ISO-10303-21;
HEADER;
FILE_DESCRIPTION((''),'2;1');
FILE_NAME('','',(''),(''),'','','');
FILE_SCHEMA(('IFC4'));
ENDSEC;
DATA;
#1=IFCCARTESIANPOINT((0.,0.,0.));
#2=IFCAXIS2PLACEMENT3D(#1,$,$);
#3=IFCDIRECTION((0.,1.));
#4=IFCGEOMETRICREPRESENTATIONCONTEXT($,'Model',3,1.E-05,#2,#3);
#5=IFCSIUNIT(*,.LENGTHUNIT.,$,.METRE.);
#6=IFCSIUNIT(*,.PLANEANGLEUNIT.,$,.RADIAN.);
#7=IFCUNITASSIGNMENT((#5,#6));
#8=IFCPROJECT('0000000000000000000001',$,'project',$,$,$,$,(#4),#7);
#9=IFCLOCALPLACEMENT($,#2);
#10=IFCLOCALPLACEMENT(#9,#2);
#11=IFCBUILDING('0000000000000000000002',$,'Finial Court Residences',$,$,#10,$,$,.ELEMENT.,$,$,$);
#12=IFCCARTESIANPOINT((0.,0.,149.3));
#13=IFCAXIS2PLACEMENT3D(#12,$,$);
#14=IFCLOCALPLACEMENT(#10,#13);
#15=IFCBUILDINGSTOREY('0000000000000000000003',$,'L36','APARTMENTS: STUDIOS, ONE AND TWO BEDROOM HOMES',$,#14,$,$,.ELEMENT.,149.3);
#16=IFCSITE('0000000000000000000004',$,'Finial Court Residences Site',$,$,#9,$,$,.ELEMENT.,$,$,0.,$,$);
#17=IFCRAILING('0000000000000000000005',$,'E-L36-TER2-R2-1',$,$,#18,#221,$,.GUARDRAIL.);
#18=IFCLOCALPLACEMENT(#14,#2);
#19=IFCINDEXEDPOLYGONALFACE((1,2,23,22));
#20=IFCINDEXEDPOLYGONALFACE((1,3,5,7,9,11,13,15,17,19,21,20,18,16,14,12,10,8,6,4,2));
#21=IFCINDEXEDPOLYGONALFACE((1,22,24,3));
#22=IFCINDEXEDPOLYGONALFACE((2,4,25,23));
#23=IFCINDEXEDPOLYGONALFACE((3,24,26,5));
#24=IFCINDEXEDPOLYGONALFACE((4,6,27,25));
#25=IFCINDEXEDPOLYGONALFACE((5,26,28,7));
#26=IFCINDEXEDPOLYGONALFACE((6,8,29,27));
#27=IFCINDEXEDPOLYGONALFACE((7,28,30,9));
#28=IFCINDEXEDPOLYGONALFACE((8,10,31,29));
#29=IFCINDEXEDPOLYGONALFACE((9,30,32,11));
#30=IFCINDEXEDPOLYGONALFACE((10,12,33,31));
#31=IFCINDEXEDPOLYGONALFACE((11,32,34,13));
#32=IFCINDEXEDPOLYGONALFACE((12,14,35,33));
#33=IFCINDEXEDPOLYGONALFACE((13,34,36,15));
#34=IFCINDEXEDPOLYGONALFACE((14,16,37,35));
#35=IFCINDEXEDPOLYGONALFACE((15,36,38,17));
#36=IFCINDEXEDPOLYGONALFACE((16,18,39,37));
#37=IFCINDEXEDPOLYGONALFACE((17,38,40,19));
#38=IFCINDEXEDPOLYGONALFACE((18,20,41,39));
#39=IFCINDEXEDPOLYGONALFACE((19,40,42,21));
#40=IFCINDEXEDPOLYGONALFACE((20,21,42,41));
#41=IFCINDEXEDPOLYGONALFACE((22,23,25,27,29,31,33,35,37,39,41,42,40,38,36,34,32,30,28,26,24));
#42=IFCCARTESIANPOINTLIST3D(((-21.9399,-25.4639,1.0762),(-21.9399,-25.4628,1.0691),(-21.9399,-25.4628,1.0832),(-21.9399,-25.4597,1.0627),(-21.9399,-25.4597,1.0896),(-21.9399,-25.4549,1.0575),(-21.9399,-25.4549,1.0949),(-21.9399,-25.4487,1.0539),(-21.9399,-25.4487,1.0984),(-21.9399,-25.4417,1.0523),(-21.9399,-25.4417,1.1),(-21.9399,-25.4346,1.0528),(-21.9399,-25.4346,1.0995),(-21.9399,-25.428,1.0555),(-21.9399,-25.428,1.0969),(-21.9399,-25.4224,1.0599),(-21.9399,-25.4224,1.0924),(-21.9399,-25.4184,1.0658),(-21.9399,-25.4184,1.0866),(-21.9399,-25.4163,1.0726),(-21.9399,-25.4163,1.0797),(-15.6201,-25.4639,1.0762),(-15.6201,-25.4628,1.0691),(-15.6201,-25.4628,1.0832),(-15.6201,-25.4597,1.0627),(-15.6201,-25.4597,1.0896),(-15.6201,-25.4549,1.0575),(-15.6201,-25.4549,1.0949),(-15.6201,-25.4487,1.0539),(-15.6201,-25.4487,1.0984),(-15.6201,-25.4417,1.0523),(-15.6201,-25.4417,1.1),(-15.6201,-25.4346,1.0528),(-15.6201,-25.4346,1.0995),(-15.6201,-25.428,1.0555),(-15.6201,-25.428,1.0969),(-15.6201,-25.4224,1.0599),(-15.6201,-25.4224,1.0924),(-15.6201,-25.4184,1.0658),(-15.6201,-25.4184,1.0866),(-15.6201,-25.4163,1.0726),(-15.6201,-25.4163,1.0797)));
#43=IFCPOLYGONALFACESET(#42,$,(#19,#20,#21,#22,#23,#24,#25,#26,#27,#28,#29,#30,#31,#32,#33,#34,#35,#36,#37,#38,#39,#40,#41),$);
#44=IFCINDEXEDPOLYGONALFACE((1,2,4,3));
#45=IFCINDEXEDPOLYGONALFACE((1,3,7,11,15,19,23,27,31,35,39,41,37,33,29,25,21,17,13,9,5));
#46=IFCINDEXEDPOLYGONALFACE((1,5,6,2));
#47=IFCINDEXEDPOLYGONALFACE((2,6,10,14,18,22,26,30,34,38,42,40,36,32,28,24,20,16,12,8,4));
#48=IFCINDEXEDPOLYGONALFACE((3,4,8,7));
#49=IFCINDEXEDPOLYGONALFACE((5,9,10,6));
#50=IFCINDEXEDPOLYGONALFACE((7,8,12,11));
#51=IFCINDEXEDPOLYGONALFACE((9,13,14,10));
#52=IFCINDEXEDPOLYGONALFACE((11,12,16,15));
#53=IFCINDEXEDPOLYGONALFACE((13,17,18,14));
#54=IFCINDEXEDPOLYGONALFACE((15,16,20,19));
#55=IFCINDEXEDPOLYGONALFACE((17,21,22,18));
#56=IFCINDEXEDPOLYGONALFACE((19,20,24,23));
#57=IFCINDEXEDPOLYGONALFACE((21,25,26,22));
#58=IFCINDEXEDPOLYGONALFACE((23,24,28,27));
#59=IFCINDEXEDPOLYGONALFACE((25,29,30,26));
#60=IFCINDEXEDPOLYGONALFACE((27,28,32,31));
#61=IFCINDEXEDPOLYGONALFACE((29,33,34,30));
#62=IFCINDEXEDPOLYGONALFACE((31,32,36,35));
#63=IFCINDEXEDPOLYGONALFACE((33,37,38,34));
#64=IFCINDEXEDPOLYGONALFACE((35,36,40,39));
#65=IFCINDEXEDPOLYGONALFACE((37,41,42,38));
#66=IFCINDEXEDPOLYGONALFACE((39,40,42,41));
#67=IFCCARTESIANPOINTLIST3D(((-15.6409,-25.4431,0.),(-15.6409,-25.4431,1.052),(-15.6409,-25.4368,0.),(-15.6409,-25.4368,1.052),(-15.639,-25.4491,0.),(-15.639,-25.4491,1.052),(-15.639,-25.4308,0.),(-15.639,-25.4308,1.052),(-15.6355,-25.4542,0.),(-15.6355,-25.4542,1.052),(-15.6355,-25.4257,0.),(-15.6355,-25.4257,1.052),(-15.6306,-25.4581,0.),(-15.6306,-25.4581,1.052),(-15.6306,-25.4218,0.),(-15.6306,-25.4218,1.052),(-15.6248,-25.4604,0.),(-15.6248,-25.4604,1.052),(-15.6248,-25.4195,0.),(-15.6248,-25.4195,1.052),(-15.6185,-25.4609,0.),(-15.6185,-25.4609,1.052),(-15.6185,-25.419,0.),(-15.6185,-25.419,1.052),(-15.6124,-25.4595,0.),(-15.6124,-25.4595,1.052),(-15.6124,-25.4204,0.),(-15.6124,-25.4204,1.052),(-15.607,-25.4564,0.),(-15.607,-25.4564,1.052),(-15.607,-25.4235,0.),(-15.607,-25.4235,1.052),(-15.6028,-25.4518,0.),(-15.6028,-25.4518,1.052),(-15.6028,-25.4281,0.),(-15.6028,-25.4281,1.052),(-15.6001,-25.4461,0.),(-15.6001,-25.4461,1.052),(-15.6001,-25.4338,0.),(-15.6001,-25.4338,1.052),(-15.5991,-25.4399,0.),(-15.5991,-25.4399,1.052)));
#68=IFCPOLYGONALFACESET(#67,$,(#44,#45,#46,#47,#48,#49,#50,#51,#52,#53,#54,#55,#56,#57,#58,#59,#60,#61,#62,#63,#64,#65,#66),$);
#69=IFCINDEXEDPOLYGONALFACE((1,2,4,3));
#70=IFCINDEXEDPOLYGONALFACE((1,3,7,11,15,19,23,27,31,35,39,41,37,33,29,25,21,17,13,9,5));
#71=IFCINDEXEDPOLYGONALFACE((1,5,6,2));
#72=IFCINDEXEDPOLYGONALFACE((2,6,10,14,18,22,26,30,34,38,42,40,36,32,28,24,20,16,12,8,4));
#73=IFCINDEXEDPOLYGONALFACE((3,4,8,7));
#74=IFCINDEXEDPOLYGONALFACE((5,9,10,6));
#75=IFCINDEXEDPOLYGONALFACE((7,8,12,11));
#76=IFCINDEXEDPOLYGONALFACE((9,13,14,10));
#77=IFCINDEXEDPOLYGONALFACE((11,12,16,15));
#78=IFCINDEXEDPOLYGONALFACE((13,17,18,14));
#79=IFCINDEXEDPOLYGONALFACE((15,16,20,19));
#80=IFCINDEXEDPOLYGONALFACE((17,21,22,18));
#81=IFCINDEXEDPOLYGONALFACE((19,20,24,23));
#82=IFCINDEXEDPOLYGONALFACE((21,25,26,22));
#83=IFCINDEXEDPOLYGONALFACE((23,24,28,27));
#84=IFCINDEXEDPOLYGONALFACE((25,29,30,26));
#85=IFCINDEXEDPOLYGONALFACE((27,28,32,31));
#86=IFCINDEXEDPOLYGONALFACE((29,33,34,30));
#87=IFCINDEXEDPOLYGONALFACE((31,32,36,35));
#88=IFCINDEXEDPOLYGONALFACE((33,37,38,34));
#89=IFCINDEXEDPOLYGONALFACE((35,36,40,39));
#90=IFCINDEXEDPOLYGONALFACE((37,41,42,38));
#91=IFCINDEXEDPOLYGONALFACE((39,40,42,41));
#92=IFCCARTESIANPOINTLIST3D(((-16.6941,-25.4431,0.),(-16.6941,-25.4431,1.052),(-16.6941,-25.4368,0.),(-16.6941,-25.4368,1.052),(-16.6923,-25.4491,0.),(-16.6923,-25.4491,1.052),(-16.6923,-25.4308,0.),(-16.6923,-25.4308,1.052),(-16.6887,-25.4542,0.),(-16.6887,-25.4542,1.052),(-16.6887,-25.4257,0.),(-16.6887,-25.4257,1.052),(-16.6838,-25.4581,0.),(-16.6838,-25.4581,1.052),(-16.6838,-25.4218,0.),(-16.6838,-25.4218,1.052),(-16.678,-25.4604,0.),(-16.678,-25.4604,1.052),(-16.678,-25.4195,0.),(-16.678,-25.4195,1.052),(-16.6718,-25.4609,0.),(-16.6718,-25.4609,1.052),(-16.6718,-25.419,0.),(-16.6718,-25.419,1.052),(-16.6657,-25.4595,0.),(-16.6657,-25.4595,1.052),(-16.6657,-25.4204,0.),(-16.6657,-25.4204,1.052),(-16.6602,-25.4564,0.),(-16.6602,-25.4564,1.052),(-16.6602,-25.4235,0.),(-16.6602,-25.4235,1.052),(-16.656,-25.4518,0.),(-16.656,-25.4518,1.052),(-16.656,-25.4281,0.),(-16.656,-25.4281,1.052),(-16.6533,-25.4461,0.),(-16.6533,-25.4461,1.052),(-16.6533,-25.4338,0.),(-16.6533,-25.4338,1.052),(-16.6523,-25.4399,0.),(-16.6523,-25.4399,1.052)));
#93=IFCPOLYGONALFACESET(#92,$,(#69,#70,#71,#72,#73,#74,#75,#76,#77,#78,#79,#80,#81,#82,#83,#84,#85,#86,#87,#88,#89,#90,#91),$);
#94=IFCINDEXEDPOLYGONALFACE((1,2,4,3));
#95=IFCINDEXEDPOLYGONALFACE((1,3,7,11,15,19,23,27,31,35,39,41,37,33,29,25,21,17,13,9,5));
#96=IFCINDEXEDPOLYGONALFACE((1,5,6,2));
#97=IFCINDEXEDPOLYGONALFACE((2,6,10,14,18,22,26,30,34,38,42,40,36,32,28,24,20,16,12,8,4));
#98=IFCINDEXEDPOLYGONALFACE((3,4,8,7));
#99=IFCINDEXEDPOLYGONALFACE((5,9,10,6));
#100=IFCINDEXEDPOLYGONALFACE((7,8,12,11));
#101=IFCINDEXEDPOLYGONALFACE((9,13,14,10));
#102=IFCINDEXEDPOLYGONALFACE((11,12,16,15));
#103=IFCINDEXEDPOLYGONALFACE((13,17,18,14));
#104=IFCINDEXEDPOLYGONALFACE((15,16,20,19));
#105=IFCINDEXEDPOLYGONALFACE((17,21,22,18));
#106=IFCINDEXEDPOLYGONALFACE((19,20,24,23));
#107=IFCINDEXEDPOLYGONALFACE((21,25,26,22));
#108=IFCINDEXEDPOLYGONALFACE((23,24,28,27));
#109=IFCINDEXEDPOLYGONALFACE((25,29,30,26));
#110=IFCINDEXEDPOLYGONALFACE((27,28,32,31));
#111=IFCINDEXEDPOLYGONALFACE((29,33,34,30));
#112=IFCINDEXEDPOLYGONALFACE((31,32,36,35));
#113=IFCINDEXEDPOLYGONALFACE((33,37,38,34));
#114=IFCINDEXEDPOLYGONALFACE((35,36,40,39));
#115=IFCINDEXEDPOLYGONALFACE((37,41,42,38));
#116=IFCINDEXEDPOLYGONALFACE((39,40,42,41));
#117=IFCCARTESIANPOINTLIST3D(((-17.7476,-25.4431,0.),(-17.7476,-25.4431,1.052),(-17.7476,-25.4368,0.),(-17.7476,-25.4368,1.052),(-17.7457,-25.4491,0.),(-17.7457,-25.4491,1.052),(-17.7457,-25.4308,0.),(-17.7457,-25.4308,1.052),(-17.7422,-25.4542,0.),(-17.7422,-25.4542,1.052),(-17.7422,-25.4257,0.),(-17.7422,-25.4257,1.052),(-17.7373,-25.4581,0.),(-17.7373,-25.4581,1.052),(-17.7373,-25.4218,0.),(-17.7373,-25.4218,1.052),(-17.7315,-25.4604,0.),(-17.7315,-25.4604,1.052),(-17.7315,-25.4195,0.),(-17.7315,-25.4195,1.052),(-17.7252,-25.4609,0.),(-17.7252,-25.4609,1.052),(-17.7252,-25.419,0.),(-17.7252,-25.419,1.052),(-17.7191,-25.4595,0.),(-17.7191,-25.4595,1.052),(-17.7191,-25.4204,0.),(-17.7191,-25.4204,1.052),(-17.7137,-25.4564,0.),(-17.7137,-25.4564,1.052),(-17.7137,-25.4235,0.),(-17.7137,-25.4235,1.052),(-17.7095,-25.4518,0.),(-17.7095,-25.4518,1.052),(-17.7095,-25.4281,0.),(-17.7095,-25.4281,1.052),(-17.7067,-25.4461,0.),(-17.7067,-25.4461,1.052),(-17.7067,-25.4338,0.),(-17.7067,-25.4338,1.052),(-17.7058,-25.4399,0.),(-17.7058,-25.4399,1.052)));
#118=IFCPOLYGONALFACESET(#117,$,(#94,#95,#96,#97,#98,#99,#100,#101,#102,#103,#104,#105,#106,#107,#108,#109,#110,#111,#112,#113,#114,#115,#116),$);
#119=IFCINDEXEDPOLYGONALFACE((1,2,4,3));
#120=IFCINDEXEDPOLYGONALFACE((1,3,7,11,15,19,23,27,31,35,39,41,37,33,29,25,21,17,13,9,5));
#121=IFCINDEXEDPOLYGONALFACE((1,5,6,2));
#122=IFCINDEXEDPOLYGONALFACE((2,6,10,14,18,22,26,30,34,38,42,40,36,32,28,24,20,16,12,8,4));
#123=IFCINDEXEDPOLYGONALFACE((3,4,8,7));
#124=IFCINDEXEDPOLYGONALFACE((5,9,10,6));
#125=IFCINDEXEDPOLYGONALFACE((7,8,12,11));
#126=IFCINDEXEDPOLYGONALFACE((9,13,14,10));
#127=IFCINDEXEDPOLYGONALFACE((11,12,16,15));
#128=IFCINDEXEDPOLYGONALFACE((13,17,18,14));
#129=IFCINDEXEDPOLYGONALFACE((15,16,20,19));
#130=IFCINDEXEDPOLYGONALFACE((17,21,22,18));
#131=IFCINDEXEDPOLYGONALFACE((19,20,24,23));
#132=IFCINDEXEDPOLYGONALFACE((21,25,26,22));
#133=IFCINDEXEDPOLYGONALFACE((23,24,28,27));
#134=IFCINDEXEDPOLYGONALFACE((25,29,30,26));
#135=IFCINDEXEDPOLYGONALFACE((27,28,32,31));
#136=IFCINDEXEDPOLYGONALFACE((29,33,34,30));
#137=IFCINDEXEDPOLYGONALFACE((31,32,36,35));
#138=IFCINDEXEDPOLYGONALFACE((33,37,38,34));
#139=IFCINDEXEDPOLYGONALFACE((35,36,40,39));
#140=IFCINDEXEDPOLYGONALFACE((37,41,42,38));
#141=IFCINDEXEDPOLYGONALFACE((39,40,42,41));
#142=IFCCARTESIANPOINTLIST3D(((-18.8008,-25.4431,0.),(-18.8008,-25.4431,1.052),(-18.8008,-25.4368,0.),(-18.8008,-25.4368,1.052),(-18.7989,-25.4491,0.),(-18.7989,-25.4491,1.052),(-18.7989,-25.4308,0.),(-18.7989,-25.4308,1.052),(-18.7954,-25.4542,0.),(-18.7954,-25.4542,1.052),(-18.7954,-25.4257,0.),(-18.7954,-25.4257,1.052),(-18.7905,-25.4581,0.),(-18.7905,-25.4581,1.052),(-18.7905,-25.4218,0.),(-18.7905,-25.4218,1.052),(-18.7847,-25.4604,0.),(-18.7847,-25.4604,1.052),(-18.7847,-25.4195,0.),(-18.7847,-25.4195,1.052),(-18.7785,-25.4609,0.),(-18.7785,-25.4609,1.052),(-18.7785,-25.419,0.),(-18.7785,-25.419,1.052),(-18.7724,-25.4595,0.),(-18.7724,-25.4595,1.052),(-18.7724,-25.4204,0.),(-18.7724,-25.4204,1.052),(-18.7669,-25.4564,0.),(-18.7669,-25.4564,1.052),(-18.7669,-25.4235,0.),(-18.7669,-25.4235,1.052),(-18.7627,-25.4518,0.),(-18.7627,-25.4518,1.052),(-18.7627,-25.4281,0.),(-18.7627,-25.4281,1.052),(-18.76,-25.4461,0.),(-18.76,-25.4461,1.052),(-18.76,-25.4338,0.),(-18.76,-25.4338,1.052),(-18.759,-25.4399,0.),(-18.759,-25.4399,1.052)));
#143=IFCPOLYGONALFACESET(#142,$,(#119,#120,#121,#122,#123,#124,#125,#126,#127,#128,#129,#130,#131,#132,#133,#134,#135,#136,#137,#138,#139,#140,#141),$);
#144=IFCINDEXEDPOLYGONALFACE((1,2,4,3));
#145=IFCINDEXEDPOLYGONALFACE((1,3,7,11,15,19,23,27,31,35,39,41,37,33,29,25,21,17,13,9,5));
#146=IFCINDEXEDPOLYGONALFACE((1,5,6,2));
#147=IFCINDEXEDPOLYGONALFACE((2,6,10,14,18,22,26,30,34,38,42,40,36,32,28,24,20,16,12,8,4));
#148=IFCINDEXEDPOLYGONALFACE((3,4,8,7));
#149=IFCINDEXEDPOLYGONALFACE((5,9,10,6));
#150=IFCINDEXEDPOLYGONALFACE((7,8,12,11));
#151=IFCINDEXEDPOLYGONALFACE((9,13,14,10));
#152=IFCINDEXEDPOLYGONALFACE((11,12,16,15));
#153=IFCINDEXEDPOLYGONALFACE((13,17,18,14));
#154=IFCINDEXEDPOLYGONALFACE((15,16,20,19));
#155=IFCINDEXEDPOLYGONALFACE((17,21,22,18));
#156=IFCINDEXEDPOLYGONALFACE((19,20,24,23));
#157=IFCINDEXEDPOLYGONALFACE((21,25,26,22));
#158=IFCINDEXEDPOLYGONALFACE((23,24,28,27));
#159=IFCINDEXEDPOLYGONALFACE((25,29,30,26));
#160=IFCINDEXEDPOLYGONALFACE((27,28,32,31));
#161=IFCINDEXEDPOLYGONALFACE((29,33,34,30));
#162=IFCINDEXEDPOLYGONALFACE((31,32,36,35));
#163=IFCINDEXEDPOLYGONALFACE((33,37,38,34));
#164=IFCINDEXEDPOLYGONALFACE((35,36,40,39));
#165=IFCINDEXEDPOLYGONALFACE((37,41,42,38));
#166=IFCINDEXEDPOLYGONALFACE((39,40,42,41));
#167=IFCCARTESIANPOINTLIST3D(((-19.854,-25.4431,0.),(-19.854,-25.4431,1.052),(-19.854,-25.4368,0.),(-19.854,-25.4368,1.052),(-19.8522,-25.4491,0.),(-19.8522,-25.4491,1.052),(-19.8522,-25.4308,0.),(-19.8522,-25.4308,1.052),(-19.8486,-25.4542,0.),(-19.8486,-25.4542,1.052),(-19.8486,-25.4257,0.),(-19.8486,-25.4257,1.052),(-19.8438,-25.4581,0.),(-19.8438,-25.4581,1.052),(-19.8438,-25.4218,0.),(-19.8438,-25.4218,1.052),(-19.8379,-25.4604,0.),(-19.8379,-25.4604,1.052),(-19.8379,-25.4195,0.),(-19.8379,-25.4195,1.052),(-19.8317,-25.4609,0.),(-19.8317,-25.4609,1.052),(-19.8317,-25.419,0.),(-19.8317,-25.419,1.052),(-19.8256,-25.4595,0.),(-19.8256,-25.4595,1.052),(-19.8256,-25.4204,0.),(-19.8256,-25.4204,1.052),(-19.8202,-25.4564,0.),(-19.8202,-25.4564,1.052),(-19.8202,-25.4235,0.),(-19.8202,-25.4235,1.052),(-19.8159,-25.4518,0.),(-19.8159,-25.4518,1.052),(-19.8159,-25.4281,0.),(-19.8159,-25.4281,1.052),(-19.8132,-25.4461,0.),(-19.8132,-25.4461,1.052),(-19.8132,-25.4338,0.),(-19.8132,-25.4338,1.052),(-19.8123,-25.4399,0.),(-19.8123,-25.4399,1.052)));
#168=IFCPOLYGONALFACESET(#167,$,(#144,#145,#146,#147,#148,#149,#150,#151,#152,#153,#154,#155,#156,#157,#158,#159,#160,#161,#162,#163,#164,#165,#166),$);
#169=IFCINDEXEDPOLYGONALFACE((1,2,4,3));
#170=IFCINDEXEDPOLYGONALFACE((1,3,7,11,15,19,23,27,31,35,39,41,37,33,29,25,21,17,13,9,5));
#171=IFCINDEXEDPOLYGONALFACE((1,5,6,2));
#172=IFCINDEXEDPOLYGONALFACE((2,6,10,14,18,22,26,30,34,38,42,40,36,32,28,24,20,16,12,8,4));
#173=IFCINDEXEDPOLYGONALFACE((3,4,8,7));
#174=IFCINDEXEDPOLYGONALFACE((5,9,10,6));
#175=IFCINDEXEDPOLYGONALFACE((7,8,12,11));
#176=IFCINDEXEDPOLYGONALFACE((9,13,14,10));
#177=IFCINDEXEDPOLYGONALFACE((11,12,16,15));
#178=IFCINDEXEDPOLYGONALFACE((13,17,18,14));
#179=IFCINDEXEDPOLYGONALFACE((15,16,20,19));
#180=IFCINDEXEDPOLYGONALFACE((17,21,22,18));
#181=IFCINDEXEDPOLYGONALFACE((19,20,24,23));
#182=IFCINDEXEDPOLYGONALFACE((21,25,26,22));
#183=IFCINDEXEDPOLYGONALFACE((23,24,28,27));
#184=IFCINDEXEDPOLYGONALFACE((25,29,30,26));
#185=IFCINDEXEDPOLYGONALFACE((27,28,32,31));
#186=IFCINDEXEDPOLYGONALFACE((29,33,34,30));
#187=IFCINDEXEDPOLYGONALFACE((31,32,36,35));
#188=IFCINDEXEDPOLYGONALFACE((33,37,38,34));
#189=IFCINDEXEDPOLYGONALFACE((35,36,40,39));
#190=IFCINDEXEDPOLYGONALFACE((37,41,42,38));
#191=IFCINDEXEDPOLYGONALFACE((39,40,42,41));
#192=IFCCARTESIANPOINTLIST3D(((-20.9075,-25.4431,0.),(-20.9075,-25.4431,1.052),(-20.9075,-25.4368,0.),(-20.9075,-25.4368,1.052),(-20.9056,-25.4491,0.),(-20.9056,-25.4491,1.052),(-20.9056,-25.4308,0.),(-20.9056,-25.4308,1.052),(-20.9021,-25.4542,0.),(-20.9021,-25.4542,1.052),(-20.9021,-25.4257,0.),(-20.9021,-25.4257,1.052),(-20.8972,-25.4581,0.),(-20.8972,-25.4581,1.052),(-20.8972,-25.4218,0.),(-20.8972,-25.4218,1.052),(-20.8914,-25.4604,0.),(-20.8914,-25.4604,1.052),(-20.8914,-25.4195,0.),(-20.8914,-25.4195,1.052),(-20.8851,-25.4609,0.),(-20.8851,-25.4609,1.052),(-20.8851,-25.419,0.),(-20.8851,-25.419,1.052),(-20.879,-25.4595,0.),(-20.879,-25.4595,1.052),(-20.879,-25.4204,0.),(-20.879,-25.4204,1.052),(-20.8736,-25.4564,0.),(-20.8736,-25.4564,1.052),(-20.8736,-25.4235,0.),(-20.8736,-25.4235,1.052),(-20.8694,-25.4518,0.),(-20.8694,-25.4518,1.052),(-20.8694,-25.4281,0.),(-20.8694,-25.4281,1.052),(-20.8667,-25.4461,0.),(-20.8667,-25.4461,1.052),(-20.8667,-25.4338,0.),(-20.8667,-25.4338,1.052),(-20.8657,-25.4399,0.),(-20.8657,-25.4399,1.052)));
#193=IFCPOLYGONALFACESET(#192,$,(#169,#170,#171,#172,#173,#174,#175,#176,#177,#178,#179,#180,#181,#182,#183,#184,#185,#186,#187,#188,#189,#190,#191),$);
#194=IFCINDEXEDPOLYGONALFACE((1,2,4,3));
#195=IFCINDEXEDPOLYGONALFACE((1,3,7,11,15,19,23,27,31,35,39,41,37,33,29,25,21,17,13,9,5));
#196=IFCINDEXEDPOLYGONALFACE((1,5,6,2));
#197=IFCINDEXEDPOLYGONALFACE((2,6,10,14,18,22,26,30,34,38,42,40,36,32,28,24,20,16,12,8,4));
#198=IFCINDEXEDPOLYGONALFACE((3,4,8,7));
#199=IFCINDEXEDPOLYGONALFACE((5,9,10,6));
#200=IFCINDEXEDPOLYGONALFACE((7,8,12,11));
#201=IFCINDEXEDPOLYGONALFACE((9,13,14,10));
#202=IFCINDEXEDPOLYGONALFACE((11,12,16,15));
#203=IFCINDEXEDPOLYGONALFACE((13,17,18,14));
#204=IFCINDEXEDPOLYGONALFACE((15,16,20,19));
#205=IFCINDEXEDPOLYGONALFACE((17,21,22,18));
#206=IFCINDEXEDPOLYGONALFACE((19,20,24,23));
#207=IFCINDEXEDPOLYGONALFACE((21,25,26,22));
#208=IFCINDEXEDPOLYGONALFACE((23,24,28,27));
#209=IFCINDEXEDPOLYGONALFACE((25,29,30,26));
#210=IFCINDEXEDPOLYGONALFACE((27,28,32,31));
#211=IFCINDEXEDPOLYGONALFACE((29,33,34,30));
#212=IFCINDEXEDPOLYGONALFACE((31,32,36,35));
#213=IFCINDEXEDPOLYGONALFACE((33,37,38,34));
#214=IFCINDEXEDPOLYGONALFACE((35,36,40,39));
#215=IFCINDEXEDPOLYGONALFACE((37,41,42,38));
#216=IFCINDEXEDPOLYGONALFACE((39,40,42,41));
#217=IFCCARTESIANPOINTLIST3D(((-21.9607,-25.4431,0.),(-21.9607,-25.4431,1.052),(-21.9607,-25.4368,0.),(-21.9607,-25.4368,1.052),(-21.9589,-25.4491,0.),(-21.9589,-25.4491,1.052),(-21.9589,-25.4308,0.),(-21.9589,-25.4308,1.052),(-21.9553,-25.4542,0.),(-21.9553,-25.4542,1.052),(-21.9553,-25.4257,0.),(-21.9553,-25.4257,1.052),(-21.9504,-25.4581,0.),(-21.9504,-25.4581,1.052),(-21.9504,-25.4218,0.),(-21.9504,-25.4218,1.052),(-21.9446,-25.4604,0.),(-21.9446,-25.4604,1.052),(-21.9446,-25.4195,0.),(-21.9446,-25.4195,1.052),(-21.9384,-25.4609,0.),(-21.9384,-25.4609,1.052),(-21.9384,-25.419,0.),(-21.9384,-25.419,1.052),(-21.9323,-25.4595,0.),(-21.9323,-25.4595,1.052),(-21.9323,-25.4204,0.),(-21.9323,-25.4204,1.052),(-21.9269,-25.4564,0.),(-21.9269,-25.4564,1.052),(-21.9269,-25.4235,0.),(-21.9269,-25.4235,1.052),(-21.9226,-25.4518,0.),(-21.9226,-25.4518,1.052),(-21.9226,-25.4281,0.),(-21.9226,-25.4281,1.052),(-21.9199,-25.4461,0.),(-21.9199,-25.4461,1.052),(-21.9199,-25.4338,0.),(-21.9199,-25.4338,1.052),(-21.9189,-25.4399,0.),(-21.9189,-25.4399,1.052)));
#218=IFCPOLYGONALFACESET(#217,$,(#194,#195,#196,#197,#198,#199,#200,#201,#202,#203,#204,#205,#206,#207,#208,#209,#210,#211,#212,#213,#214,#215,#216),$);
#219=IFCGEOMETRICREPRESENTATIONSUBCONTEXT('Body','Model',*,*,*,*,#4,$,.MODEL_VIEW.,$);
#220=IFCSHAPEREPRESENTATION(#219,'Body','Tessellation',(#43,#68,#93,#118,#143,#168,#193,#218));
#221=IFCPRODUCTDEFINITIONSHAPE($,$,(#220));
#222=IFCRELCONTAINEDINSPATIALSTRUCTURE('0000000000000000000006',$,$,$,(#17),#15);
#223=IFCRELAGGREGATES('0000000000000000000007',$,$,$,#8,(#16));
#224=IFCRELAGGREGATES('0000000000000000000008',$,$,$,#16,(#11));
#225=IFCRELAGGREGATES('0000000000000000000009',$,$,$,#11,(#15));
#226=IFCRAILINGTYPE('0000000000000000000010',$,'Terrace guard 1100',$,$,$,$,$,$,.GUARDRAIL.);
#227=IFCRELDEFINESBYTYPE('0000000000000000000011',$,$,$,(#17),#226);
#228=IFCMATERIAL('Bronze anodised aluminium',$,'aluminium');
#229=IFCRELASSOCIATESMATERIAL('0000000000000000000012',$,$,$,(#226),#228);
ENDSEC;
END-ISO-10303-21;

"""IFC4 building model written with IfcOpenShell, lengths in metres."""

from ifc_helpers import new_model, si_unit, direction, frame, origin, origin_2d, place, context, subcontext, project, spatial, circle, extrude, material, type_object, element, save


model = new_model("IFC4")

# Units and contexts
model_context = context("Model", 3, precision=1e-05, world=origin(), true_north=direction((0.0, 1.0)))
body_context = subcontext(model_context, "Body", "Model", "MODEL_VIEW")
ifc_project = project(units=[si_unit("LENGTHUNIT", "METRE"), si_unit("PLANEANGLEUNIT", "RADIAN")], contexts=[model_context])

# Site, building, storey
site_placement = place(None, origin())
site = spatial("IfcSite", under=ifc_project, at=site_placement, Name="Finial Court Residences Site", CompositionType="ELEMENT", RefElevation=0.0)
building_placement = place(site_placement, origin())
building = spatial("IfcBuilding", under=site, at=building_placement, Name="Finial Court Residences", CompositionType="ELEMENT")
storey_placement = place(building_placement, frame((0.0, 0.0, 149.3)))
storey = spatial("IfcBuildingStorey", under=building, at=storey_placement, Name="L36", Description="APARTMENTS: STUDIOS, ONE AND TWO BEDROOM HOMES", CompositionType="ELEMENT", Elevation=149.3)

# Shared definitions
ifc_material_1 = material(Name="Bronze anodised aluminium", Category="aluminium")

# Railing
railing_type = type_object("IfcRailingType", Name="Terrace guard 1100", PredefinedType="GUARDRAIL", material=ifc_material_1)
railing_1_placement = place(storey_placement, frame((-15.6201, -25.4399, 0.0)))
element("IfcRailing", 1, at=railing_1_placement, inside=storey, type_object=railing_type, Name="E-L36-TER2-R2-1", PredefinedType="GUARDRAIL", context=body_context, shape_type="SweptSolid", body=[
    extrude(circle(Radius=0.0239, at=origin_2d()), frame((0.0, 0.0, 1.0762), z_axis=(-1.0, 0.0, 0.0), x_axis=(0.0, -1.0, 0.0)), (0.0, 0.0, 1.0), 6.3198),
    extrude(circle(Radius=0.021, at=origin_2d()), origin(), (0.0, 0.0, 1.0), 1.052),
    extrude(circle(Radius=0.021, at=origin_2d()), frame((-1.0532, 0.0, 0.0)), (0.0, 0.0, 1.0), 1.052),
    extrude(circle(Radius=0.021, at=origin_2d()), frame((-2.1067, 0.0, 0.0)), (0.0, 0.0, 1.0), 1.052),
    extrude(circle(Radius=0.021, at=origin_2d()), frame((-3.1599, 0.0, 0.0)), (0.0, 0.0, 1.0), 1.052),
    extrude(circle(Radius=0.021, at=origin_2d()), frame((-4.2131, 0.0, 0.0)), (0.0, 0.0, 1.0), 1.052),
    extrude(circle(Radius=0.021, at=origin_2d()), frame((-5.2666, 0.0, 0.0)), (0.0, 0.0, 1.0), 1.052),
    extrude(circle(Radius=0.021, at=origin_2d()), frame((-6.3198, 0.0, 0.0)), (0.0, 0.0, 1.0), 1.052),
])

save(model, "model.ifc")
